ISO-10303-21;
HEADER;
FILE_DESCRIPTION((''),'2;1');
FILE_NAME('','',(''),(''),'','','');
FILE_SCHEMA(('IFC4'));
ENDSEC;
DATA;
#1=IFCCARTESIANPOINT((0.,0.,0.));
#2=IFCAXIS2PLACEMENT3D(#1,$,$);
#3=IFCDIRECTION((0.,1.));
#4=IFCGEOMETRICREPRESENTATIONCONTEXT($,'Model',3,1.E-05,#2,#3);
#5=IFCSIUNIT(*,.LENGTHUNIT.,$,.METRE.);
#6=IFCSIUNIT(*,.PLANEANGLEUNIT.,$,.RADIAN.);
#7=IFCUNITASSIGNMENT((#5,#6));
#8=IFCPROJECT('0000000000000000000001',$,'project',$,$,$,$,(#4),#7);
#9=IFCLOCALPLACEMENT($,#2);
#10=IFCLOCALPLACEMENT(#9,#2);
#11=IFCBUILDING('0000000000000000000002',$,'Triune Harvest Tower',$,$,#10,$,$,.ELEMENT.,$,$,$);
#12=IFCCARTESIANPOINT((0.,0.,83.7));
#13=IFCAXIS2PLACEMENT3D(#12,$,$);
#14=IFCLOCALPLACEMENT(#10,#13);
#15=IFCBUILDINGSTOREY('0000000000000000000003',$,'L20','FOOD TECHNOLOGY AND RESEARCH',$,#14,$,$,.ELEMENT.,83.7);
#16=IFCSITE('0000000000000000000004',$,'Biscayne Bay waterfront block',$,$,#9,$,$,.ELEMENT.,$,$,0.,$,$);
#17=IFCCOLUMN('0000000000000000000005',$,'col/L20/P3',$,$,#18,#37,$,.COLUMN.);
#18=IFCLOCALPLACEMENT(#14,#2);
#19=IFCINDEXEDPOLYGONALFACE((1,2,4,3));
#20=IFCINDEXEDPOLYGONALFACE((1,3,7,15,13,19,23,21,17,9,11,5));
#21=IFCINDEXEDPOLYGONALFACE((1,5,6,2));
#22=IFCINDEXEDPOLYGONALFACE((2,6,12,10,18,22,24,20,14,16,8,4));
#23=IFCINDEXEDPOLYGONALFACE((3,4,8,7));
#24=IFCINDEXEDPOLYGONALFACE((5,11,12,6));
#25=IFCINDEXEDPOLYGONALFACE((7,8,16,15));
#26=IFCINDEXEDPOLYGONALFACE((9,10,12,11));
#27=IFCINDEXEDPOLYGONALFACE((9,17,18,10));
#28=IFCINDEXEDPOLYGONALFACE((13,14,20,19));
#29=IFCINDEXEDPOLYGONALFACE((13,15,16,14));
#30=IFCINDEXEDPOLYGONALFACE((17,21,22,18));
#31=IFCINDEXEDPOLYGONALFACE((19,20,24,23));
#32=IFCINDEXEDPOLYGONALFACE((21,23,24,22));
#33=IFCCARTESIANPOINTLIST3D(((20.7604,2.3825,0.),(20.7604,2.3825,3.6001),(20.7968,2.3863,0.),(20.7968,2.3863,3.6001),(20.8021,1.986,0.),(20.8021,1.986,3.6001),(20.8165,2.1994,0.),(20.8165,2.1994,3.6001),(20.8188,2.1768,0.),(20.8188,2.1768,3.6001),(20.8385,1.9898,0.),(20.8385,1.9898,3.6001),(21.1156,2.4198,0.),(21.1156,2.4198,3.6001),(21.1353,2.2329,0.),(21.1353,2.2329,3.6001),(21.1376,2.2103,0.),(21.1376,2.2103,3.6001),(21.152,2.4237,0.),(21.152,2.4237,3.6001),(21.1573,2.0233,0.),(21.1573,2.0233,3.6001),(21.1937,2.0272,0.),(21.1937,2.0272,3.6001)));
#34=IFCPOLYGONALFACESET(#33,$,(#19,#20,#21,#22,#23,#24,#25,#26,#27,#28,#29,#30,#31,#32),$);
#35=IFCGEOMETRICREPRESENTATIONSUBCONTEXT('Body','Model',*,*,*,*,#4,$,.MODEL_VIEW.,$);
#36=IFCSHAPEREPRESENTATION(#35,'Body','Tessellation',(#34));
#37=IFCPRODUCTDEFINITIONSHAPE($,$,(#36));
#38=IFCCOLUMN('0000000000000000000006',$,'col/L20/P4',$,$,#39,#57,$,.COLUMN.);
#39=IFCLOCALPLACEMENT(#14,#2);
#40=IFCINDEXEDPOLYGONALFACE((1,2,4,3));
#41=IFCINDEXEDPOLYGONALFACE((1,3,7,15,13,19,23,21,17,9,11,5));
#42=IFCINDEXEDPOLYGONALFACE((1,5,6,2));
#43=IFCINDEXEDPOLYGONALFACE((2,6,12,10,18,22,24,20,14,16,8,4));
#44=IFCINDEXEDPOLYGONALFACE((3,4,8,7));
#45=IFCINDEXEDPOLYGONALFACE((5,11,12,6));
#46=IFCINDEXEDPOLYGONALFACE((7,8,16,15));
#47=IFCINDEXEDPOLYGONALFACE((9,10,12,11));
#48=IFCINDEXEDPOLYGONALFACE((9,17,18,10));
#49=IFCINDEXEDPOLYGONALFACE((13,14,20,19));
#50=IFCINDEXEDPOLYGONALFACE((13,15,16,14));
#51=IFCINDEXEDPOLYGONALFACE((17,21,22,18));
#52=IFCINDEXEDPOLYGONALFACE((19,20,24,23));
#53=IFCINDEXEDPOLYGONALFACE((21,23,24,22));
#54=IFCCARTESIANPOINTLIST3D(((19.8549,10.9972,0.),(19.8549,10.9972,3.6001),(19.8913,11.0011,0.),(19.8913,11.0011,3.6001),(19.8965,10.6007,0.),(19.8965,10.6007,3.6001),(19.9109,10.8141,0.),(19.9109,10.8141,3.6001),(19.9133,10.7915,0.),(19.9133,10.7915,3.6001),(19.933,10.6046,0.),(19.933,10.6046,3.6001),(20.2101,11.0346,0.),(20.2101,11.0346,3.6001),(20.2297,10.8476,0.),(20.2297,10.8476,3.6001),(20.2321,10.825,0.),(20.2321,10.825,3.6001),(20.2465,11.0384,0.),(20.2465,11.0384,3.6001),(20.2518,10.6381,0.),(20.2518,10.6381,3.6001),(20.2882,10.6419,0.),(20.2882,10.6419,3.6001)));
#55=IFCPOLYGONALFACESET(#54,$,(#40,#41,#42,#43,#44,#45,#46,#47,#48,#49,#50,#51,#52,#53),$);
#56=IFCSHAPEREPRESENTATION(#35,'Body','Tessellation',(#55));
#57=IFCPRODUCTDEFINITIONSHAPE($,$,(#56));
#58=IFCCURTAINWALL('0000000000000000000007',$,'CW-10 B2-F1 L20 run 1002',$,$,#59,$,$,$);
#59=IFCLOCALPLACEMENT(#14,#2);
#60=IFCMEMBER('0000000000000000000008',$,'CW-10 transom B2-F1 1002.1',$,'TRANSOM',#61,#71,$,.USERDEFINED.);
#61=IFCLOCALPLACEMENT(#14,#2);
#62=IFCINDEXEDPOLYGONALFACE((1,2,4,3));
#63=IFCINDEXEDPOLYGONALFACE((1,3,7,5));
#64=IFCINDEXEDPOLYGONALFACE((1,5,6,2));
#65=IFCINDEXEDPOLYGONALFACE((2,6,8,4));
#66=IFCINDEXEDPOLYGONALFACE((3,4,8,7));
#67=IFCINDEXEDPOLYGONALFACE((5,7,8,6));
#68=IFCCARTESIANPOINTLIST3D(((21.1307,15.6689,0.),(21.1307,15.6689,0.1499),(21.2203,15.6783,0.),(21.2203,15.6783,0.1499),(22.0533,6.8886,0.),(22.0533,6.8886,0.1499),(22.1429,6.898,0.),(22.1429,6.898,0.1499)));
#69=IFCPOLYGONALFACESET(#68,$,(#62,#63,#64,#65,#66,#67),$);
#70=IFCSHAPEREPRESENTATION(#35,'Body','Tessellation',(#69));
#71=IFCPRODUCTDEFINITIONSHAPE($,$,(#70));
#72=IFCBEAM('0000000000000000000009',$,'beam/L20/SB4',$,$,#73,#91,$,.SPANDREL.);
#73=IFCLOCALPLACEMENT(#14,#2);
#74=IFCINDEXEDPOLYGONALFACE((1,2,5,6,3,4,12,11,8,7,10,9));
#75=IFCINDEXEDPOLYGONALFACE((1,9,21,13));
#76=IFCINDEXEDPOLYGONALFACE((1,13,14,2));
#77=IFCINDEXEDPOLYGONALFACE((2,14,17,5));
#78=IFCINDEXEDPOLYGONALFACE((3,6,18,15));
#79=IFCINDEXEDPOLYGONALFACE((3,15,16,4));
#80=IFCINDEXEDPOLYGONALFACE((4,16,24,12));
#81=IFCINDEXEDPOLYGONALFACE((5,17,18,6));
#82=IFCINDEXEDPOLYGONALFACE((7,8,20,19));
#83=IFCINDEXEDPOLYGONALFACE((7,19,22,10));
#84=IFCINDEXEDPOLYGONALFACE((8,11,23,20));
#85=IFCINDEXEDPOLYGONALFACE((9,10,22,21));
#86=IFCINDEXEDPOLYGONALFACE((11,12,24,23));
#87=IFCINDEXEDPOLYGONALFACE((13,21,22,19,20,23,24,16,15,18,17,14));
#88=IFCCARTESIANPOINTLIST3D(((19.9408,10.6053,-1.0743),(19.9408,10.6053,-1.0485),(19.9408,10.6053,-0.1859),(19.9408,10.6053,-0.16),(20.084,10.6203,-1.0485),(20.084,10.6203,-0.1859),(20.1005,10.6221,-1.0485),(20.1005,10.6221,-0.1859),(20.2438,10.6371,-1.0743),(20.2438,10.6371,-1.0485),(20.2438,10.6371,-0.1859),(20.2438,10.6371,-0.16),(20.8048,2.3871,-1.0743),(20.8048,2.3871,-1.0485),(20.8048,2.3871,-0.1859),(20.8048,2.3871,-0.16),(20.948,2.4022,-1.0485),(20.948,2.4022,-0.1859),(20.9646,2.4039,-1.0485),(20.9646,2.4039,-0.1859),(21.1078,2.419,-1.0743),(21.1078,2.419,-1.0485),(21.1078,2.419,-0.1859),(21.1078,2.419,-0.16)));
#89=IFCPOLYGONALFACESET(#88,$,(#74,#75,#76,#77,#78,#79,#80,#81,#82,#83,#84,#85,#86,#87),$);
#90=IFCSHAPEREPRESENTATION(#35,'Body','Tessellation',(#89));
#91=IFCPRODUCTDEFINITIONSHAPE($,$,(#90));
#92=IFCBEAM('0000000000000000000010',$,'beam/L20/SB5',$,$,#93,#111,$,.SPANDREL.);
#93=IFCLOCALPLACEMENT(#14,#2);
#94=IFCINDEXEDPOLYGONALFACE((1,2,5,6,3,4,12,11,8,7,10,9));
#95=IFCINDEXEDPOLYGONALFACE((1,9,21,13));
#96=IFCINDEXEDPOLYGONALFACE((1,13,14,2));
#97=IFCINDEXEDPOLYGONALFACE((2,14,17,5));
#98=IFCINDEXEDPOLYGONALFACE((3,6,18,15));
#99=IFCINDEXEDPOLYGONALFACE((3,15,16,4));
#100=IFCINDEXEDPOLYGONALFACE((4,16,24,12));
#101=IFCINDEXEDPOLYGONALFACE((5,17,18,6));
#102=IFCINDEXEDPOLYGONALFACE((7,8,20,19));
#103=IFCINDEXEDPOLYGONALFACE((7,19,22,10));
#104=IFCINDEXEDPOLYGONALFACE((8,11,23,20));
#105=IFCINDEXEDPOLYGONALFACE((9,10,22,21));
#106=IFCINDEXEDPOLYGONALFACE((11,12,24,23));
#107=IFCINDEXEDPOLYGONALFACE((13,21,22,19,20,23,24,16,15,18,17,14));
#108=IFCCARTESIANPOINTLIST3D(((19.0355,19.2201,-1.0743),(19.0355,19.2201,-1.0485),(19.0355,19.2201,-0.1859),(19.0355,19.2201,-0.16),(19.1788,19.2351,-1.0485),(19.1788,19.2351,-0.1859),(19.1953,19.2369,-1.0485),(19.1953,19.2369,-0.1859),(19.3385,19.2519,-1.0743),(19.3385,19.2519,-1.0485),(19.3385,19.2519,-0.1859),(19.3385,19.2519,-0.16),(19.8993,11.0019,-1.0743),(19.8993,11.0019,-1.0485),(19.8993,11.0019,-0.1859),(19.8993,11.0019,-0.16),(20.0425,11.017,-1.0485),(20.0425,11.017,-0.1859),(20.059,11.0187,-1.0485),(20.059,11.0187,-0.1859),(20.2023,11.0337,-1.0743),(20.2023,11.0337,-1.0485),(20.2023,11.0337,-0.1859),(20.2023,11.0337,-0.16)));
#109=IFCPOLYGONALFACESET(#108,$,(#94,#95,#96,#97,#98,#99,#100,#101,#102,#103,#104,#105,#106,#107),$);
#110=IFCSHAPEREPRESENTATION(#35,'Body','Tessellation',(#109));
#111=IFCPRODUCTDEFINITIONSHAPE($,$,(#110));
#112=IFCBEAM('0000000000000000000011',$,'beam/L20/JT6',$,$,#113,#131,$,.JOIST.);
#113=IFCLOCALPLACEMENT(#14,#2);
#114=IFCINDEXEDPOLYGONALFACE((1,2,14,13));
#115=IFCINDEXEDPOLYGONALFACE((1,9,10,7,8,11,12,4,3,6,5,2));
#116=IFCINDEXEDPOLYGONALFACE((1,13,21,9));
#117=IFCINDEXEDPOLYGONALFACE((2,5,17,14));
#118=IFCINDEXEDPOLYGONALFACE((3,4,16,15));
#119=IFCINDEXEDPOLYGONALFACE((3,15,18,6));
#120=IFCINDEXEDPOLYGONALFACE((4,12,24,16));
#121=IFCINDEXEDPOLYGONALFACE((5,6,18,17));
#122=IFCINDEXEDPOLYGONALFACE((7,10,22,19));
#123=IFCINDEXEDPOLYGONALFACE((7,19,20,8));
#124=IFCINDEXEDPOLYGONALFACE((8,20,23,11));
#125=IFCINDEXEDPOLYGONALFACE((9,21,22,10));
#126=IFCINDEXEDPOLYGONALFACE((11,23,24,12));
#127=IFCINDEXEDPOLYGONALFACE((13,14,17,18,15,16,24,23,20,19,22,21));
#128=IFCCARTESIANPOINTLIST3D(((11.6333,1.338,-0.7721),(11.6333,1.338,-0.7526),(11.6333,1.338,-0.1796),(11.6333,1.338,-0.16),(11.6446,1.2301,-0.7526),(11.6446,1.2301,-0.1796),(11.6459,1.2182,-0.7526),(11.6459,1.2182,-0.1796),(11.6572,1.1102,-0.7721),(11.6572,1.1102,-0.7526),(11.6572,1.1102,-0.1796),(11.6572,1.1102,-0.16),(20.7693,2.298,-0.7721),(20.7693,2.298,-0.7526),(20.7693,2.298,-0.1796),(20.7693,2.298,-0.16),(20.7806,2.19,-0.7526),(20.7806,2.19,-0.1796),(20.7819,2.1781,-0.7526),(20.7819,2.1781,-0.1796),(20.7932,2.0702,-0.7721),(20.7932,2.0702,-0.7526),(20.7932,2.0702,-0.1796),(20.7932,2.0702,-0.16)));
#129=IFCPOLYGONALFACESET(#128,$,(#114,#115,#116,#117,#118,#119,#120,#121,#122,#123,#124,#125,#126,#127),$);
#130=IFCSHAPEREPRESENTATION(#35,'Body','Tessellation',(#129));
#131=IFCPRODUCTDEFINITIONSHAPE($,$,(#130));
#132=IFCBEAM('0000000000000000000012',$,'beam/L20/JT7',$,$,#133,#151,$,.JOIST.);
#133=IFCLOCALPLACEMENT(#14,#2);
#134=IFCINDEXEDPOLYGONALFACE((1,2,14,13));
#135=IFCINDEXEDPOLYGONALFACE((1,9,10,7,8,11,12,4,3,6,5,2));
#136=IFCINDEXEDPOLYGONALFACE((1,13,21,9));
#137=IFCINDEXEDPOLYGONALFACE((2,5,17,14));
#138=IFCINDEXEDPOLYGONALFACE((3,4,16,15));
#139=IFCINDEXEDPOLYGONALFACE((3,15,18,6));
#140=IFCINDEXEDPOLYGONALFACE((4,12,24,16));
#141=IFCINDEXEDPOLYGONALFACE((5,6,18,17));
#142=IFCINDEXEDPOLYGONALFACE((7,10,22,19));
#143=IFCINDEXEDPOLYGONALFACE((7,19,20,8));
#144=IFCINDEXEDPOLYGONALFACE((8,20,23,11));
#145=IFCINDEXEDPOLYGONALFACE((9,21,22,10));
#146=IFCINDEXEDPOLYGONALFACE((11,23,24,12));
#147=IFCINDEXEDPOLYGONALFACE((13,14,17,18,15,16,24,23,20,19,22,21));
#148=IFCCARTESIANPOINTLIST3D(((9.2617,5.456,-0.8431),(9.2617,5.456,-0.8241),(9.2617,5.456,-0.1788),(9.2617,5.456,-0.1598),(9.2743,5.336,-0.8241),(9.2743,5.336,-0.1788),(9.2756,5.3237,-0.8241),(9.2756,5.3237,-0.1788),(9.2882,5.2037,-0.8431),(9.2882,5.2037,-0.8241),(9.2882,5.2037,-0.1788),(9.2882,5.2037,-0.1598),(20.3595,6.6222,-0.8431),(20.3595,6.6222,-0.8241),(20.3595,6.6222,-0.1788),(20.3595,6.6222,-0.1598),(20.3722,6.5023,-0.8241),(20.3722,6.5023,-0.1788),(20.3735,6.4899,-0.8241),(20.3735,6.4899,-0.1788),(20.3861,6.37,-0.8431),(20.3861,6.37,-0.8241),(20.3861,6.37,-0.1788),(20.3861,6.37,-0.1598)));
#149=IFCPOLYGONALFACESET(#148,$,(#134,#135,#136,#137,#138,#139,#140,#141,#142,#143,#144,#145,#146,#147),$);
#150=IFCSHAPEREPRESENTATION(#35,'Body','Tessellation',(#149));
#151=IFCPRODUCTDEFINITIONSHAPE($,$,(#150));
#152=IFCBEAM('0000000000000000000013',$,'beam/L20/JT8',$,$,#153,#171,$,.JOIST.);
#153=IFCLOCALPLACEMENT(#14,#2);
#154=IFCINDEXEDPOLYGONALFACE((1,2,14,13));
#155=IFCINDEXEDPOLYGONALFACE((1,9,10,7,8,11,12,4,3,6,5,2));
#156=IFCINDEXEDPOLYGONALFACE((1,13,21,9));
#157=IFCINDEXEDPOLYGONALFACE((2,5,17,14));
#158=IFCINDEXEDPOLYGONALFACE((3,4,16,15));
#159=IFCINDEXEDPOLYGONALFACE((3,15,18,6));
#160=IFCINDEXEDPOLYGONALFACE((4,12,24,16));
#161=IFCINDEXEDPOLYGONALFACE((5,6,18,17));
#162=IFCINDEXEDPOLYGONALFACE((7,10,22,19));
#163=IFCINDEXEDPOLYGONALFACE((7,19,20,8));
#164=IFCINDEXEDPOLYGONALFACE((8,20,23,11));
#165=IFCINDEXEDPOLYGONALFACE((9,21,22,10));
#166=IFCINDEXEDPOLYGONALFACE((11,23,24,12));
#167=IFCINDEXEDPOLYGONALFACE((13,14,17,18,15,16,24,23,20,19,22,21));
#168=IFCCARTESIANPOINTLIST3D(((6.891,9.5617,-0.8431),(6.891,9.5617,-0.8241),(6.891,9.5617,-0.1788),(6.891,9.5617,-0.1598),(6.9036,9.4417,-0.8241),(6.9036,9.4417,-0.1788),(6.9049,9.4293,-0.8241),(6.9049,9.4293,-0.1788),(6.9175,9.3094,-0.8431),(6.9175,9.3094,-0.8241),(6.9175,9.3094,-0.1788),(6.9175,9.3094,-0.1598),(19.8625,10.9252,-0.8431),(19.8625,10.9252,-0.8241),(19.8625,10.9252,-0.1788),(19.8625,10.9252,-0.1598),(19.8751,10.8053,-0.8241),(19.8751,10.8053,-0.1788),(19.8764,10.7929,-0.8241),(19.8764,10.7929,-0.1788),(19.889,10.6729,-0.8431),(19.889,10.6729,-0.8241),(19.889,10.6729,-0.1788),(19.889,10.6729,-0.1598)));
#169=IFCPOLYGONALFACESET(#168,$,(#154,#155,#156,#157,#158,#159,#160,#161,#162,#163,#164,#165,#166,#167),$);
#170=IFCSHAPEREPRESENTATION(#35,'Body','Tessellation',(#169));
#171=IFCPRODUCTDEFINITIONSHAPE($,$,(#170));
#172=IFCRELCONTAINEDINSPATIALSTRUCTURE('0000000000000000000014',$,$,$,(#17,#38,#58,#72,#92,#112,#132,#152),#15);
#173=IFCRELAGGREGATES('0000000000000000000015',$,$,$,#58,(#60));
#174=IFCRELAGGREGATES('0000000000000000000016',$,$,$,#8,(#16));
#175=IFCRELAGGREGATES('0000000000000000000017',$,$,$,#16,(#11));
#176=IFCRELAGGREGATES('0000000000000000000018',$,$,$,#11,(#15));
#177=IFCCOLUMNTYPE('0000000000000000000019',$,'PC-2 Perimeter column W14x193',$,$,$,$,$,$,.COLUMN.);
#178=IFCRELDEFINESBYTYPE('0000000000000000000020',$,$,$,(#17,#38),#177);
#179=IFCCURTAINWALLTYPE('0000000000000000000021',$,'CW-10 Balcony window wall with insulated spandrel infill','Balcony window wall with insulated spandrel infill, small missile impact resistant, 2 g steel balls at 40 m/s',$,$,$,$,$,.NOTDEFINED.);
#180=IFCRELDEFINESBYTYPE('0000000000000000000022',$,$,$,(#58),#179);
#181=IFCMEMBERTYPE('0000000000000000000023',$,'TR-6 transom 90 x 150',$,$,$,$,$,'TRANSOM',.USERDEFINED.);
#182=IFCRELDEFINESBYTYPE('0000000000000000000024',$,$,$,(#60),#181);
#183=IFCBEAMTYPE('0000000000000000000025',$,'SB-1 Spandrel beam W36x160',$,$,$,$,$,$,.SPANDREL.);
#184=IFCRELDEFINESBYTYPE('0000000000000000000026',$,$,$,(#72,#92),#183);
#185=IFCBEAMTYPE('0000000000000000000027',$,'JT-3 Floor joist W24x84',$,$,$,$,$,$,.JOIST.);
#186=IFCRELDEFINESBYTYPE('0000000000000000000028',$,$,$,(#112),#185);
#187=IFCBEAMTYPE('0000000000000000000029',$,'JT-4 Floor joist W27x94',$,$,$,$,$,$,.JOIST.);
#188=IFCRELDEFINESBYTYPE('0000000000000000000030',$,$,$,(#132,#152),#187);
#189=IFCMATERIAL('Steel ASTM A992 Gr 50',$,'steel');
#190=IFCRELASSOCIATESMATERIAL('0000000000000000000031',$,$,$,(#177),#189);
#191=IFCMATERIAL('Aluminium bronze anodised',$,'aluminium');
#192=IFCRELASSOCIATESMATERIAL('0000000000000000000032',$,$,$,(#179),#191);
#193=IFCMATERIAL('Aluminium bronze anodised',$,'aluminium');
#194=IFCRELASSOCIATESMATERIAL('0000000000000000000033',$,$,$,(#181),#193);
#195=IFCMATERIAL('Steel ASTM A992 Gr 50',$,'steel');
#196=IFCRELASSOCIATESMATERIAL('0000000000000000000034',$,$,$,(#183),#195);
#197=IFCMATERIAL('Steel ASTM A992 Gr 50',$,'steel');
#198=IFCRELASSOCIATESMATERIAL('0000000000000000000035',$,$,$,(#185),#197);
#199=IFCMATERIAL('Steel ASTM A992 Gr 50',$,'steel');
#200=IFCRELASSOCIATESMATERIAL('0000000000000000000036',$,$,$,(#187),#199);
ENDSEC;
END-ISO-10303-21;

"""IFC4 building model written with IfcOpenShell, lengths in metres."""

from ifc_helpers import new_model, si_unit, direction, frame, origin, origin_2d, place, context, subcontext, project, spatial, rectangle, i_section, extrude, source, transform, mapped, material, material_profile, profile_set, type_object, element, aggregate, save


model = new_model("IFC4")

# Units and contexts
model_context = context("Model", 3, precision=1e-05, world=origin(), true_north=direction((0.0, 1.0)))
body_context = subcontext(model_context, "Body", "Model", "MODEL_VIEW")
ifc_project = project(units=[si_unit("LENGTHUNIT", "METRE"), si_unit("PLANEANGLEUNIT", "RADIAN")], contexts=[model_context])

# Site, building, storey
site_placement = place(None, origin())
site = spatial("IfcSite", under=ifc_project, at=site_placement, Name="Biscayne Bay waterfront block", CompositionType="ELEMENT", RefElevation=0.0)
building_placement = place(site_placement, origin())
building = spatial("IfcBuilding", under=site, at=building_placement, Name="Triune Harvest Tower", CompositionType="ELEMENT")
storey_placement = place(building_placement, frame((0.0, 0.0, 83.7)))
storey = spatial("IfcBuildingStorey", under=building, at=storey_placement, Name="L20", Description="FOOD TECHNOLOGY AND RESEARCH", CompositionType="ELEMENT", Elevation=83.7)

# Columns
ifc_material_1 = material(Name="Steel ASTM A992 Gr 50", Category="steel")
ifc_material_profile_1 = material_profile(ifc_material_1, i_section(OverallWidth=0.3987, OverallDepth=0.3938, WebThickness=0.0227, FlangeThickness=0.0366, at=origin_2d()), Name="W14x193")
ifc_profile_set_1 = profile_set([ifc_material_profile_1], Name="Steel ASTM A992 Gr 50")
column_type = type_object("IfcColumnType", Name="PC-2 Perimeter column W14x193", PredefinedType="COLUMN", material=ifc_profile_set_1)
shared_shape_1 = source(origin(), body_context, "Body", "SweptSolid", [
    extrude(i_section(OverallWidth=0.3987, OverallDepth=0.3938, WebThickness=0.0227, FlangeThickness=0.0366, at=origin_2d()), origin(), (0.0, 0.0, 1.0), 3.6001),
])
for number, where, z_axis, x_axis, name in (
    (1, (20.9771, 2.2048, 0.0), (0.0, 0.0, 1.0), (-0.104527, 0.994522, 0.0), "col/L20/P3"),
    (2, (20.0715, 10.8196, 0.0), (0.0, 0.0, 1.0), (-0.104527, 0.994522, 0.0), "col/L20/P4"),
):
    element("IfcColumn", number, at=place(storey_placement, frame(where, z_axis=z_axis, x_axis=x_axis)), inside=storey, type_object=column_type, Name=name, PredefinedType="COLUMN", context=body_context, shape_type="MappedRepresentation", body=[
        mapped(shared_shape_1, transform((0.0, 0.0, 0.0), scale=1.0)),
    ])

# Curtain wall, member
ifc_material_2 = material(Name="Aluminium bronze anodised", Category="aluminium")
curtain_wall_type_1 = type_object("IfcCurtainWallType", Name="CW-10 Balcony window wall with insulated spandrel infill", Description="Balcony window wall with insulated spandrel infill, small missile impact resistant, 2 g steel balls at 40 m/s", PredefinedType="NOTDEFINED", material=ifc_material_2)
curtain_wall_1_placement = place(storey_placement, origin())
curtain_wall_1 = element("IfcCurtainWall", 3, at=curtain_wall_1_placement, inside=storey, type_object=curtain_wall_type_1, Name="CW-10 B2-F1 L20 run 1002")
ifc_material_3 = material(Name="Aluminium bronze anodised", Category="aluminium")
ifc_material_profile_2 = material_profile(ifc_material_3, rectangle(XDim=0.0901, YDim=0.1499, at=origin_2d()), Name="TR-6 transom 90 x 150")
ifc_profile_set_2 = profile_set([ifc_material_profile_2], Name="Aluminium bronze anodised")
member_type_1 = type_object("IfcMemberType", Name="TR-6 transom 90 x 150", ElementType="TRANSOM", PredefinedType="USERDEFINED", material=ifc_profile_set_2)
member_1_placement = place(storey_placement, frame((22.0981, 6.8933, 0.075), z_axis=(-0.104502, 0.994525, 0.0), x_axis=(-0.994525, -0.104502, 0.0)))
member_1 = element("IfcMember", 4, at=member_1_placement, type_object=member_type_1, Name="CW-10 transom B2-F1 1002.1", ObjectType="TRANSOM", PredefinedType="USERDEFINED", context=body_context, shape_type="SweptSolid", body=[
    extrude(rectangle(XDim=0.0901, YDim=0.1499, at=origin_2d()), origin(), (0.0, 0.0, 1.0), 8.8286),
])

# Beams
ifc_material_4 = material(Name="Steel ASTM A992 Gr 50", Category="steel")
ifc_material_profile_3 = material_profile(ifc_material_4, i_section(OverallWidth=0.3047, OverallDepth=0.9143, WebThickness=0.0166, FlangeThickness=0.0259, at=origin_2d()), Name="W36x160")
ifc_profile_set_3 = profile_set([ifc_material_profile_3], Name="Steel ASTM A992 Gr 50")
beam_type_1 = type_object("IfcBeamType", Name="SB-1 Spandrel beam W36x160", PredefinedType="SPANDREL", material=ifc_profile_set_3)
shared_shape_2 = source(origin(), body_context, "Body", "SweptSolid", [
    extrude(i_section(OverallWidth=0.3047, OverallDepth=0.9143, WebThickness=0.0166, FlangeThickness=0.0259, at=origin_2d()), origin(), (0.0, 0.0, 1.0), 8.2634),
])
for number, where, z_axis, x_axis, name in (
    (5, (20.9563, 2.4031, -0.6172), (-0.10456, 0.994519, 0.0), (-0.994519, -0.10456, 0.0), "beam/L20/SB4"),
    (6, (20.0508, 11.0178, -0.6172), (-0.104528, 0.994522, 0.0), (-0.994522, -0.104528, 0.0), "beam/L20/SB5"),
):
    element("IfcBeam", number, at=place(storey_placement, frame(where, z_axis=z_axis, x_axis=x_axis)), inside=storey, type_object=beam_type_1, Name=name, PredefinedType="SPANDREL", context=body_context, shape_type="MappedRepresentation", body=[
        mapped(shared_shape_2, transform((0.0, 0.0, 0.0), scale=1.0)),
    ])
ifc_material_5 = material(Name="Steel ASTM A992 Gr 50", Category="steel")
ifc_material_profile_4 = material_profile(ifc_material_5, i_section(OverallWidth=0.229, OverallDepth=0.6121, WebThickness=0.012, FlangeThickness=0.0195, at=origin_2d()), Name="W24x84")
ifc_profile_set_4 = profile_set([ifc_material_profile_4], Name="Steel ASTM A992 Gr 50")
beam_type_2 = type_object("IfcBeamType", Name="JT-3 Floor joist W24x84", PredefinedType="JOIST", material=ifc_profile_set_4)
shared_shape_3 = source(origin(), body_context, "Body", "SweptSolid", [
    extrude(i_section(OverallWidth=0.229, OverallDepth=0.6121, WebThickness=0.012, FlangeThickness=0.0195, at=origin_2d()), origin(), (0.0, 0.0, 1.0), 9.1863),
])
beam_1_placement = place(storey_placement, frame((20.7812, 2.1841, -0.4661), z_axis=(-0.994525, -0.104499, 0.0), x_axis=(0.104499, -0.994525, 0.0)))
element("IfcBeam", 7, at=beam_1_placement, inside=storey, type_object=beam_type_2, Name="beam/L20/JT6", PredefinedType="JOIST", context=body_context, shape_type="MappedRepresentation", body=[
    mapped(shared_shape_3, transform((0.0, 0.0, 0.0), scale=1.0)),
])
ifc_material_6 = material(Name="Steel ASTM A992 Gr 50", Category="steel")
ifc_material_profile_5 = material_profile(ifc_material_6, i_section(OverallWidth=0.2537, OverallDepth=0.6833, WebThickness=0.0125, FlangeThickness=0.019, at=origin_2d()), Name="W27x94")
ifc_profile_set_5 = profile_set([ifc_material_profile_5], Name="Steel ASTM A992 Gr 50")
beam_type_3 = type_object("IfcBeamType", Name="JT-4 Floor joist W27x94", PredefinedType="JOIST", material=ifc_profile_set_5)
shared_shape_4 = source(origin(), body_context, "Body", "SweptSolid", [
    extrude(i_section(OverallWidth=0.2537, OverallDepth=0.6833, WebThickness=0.0125, FlangeThickness=0.019, at=origin_2d()), origin(), (0.0, 0.0, 1.0), 11.1589),
])
beam_2_placement = place(storey_placement, frame((20.3728, 6.4961, -0.5015), z_axis=(-0.994524, -0.104513, 0.0), x_axis=(0.104513, -0.994524, 0.0)))
element("IfcBeam", 8, at=beam_2_placement, inside=storey, type_object=beam_type_3, Name="beam/L20/JT7", PredefinedType="JOIST", context=body_context, shape_type="MappedRepresentation", body=[
    mapped(shared_shape_4, transform((0.0, 0.0, 0.0), scale=1.0)),
])
shared_shape_5 = source(origin(), body_context, "Body", "SweptSolid", [
    extrude(i_section(OverallWidth=0.2537, OverallDepth=0.6833, WebThickness=0.0125, FlangeThickness=0.019, at=origin_2d()), origin(), (0.0, 0.0, 1.0), 13.043),
])
beam_3_placement = place(storey_placement, frame((19.8757, 10.7991, -0.5015), z_axis=(-0.994521, -0.104542, 0.0), x_axis=(0.104542, -0.994521, 0.0)))
element("IfcBeam", 9, at=beam_3_placement, inside=storey, type_object=beam_type_3, Name="beam/L20/JT8", PredefinedType="JOIST", context=body_context, shape_type="MappedRepresentation", body=[
    mapped(shared_shape_5, transform((0.0, 0.0, 0.0), scale=1.0)),
])

aggregate(curtain_wall_1, [member_1])

save(model, "model.ifc")
